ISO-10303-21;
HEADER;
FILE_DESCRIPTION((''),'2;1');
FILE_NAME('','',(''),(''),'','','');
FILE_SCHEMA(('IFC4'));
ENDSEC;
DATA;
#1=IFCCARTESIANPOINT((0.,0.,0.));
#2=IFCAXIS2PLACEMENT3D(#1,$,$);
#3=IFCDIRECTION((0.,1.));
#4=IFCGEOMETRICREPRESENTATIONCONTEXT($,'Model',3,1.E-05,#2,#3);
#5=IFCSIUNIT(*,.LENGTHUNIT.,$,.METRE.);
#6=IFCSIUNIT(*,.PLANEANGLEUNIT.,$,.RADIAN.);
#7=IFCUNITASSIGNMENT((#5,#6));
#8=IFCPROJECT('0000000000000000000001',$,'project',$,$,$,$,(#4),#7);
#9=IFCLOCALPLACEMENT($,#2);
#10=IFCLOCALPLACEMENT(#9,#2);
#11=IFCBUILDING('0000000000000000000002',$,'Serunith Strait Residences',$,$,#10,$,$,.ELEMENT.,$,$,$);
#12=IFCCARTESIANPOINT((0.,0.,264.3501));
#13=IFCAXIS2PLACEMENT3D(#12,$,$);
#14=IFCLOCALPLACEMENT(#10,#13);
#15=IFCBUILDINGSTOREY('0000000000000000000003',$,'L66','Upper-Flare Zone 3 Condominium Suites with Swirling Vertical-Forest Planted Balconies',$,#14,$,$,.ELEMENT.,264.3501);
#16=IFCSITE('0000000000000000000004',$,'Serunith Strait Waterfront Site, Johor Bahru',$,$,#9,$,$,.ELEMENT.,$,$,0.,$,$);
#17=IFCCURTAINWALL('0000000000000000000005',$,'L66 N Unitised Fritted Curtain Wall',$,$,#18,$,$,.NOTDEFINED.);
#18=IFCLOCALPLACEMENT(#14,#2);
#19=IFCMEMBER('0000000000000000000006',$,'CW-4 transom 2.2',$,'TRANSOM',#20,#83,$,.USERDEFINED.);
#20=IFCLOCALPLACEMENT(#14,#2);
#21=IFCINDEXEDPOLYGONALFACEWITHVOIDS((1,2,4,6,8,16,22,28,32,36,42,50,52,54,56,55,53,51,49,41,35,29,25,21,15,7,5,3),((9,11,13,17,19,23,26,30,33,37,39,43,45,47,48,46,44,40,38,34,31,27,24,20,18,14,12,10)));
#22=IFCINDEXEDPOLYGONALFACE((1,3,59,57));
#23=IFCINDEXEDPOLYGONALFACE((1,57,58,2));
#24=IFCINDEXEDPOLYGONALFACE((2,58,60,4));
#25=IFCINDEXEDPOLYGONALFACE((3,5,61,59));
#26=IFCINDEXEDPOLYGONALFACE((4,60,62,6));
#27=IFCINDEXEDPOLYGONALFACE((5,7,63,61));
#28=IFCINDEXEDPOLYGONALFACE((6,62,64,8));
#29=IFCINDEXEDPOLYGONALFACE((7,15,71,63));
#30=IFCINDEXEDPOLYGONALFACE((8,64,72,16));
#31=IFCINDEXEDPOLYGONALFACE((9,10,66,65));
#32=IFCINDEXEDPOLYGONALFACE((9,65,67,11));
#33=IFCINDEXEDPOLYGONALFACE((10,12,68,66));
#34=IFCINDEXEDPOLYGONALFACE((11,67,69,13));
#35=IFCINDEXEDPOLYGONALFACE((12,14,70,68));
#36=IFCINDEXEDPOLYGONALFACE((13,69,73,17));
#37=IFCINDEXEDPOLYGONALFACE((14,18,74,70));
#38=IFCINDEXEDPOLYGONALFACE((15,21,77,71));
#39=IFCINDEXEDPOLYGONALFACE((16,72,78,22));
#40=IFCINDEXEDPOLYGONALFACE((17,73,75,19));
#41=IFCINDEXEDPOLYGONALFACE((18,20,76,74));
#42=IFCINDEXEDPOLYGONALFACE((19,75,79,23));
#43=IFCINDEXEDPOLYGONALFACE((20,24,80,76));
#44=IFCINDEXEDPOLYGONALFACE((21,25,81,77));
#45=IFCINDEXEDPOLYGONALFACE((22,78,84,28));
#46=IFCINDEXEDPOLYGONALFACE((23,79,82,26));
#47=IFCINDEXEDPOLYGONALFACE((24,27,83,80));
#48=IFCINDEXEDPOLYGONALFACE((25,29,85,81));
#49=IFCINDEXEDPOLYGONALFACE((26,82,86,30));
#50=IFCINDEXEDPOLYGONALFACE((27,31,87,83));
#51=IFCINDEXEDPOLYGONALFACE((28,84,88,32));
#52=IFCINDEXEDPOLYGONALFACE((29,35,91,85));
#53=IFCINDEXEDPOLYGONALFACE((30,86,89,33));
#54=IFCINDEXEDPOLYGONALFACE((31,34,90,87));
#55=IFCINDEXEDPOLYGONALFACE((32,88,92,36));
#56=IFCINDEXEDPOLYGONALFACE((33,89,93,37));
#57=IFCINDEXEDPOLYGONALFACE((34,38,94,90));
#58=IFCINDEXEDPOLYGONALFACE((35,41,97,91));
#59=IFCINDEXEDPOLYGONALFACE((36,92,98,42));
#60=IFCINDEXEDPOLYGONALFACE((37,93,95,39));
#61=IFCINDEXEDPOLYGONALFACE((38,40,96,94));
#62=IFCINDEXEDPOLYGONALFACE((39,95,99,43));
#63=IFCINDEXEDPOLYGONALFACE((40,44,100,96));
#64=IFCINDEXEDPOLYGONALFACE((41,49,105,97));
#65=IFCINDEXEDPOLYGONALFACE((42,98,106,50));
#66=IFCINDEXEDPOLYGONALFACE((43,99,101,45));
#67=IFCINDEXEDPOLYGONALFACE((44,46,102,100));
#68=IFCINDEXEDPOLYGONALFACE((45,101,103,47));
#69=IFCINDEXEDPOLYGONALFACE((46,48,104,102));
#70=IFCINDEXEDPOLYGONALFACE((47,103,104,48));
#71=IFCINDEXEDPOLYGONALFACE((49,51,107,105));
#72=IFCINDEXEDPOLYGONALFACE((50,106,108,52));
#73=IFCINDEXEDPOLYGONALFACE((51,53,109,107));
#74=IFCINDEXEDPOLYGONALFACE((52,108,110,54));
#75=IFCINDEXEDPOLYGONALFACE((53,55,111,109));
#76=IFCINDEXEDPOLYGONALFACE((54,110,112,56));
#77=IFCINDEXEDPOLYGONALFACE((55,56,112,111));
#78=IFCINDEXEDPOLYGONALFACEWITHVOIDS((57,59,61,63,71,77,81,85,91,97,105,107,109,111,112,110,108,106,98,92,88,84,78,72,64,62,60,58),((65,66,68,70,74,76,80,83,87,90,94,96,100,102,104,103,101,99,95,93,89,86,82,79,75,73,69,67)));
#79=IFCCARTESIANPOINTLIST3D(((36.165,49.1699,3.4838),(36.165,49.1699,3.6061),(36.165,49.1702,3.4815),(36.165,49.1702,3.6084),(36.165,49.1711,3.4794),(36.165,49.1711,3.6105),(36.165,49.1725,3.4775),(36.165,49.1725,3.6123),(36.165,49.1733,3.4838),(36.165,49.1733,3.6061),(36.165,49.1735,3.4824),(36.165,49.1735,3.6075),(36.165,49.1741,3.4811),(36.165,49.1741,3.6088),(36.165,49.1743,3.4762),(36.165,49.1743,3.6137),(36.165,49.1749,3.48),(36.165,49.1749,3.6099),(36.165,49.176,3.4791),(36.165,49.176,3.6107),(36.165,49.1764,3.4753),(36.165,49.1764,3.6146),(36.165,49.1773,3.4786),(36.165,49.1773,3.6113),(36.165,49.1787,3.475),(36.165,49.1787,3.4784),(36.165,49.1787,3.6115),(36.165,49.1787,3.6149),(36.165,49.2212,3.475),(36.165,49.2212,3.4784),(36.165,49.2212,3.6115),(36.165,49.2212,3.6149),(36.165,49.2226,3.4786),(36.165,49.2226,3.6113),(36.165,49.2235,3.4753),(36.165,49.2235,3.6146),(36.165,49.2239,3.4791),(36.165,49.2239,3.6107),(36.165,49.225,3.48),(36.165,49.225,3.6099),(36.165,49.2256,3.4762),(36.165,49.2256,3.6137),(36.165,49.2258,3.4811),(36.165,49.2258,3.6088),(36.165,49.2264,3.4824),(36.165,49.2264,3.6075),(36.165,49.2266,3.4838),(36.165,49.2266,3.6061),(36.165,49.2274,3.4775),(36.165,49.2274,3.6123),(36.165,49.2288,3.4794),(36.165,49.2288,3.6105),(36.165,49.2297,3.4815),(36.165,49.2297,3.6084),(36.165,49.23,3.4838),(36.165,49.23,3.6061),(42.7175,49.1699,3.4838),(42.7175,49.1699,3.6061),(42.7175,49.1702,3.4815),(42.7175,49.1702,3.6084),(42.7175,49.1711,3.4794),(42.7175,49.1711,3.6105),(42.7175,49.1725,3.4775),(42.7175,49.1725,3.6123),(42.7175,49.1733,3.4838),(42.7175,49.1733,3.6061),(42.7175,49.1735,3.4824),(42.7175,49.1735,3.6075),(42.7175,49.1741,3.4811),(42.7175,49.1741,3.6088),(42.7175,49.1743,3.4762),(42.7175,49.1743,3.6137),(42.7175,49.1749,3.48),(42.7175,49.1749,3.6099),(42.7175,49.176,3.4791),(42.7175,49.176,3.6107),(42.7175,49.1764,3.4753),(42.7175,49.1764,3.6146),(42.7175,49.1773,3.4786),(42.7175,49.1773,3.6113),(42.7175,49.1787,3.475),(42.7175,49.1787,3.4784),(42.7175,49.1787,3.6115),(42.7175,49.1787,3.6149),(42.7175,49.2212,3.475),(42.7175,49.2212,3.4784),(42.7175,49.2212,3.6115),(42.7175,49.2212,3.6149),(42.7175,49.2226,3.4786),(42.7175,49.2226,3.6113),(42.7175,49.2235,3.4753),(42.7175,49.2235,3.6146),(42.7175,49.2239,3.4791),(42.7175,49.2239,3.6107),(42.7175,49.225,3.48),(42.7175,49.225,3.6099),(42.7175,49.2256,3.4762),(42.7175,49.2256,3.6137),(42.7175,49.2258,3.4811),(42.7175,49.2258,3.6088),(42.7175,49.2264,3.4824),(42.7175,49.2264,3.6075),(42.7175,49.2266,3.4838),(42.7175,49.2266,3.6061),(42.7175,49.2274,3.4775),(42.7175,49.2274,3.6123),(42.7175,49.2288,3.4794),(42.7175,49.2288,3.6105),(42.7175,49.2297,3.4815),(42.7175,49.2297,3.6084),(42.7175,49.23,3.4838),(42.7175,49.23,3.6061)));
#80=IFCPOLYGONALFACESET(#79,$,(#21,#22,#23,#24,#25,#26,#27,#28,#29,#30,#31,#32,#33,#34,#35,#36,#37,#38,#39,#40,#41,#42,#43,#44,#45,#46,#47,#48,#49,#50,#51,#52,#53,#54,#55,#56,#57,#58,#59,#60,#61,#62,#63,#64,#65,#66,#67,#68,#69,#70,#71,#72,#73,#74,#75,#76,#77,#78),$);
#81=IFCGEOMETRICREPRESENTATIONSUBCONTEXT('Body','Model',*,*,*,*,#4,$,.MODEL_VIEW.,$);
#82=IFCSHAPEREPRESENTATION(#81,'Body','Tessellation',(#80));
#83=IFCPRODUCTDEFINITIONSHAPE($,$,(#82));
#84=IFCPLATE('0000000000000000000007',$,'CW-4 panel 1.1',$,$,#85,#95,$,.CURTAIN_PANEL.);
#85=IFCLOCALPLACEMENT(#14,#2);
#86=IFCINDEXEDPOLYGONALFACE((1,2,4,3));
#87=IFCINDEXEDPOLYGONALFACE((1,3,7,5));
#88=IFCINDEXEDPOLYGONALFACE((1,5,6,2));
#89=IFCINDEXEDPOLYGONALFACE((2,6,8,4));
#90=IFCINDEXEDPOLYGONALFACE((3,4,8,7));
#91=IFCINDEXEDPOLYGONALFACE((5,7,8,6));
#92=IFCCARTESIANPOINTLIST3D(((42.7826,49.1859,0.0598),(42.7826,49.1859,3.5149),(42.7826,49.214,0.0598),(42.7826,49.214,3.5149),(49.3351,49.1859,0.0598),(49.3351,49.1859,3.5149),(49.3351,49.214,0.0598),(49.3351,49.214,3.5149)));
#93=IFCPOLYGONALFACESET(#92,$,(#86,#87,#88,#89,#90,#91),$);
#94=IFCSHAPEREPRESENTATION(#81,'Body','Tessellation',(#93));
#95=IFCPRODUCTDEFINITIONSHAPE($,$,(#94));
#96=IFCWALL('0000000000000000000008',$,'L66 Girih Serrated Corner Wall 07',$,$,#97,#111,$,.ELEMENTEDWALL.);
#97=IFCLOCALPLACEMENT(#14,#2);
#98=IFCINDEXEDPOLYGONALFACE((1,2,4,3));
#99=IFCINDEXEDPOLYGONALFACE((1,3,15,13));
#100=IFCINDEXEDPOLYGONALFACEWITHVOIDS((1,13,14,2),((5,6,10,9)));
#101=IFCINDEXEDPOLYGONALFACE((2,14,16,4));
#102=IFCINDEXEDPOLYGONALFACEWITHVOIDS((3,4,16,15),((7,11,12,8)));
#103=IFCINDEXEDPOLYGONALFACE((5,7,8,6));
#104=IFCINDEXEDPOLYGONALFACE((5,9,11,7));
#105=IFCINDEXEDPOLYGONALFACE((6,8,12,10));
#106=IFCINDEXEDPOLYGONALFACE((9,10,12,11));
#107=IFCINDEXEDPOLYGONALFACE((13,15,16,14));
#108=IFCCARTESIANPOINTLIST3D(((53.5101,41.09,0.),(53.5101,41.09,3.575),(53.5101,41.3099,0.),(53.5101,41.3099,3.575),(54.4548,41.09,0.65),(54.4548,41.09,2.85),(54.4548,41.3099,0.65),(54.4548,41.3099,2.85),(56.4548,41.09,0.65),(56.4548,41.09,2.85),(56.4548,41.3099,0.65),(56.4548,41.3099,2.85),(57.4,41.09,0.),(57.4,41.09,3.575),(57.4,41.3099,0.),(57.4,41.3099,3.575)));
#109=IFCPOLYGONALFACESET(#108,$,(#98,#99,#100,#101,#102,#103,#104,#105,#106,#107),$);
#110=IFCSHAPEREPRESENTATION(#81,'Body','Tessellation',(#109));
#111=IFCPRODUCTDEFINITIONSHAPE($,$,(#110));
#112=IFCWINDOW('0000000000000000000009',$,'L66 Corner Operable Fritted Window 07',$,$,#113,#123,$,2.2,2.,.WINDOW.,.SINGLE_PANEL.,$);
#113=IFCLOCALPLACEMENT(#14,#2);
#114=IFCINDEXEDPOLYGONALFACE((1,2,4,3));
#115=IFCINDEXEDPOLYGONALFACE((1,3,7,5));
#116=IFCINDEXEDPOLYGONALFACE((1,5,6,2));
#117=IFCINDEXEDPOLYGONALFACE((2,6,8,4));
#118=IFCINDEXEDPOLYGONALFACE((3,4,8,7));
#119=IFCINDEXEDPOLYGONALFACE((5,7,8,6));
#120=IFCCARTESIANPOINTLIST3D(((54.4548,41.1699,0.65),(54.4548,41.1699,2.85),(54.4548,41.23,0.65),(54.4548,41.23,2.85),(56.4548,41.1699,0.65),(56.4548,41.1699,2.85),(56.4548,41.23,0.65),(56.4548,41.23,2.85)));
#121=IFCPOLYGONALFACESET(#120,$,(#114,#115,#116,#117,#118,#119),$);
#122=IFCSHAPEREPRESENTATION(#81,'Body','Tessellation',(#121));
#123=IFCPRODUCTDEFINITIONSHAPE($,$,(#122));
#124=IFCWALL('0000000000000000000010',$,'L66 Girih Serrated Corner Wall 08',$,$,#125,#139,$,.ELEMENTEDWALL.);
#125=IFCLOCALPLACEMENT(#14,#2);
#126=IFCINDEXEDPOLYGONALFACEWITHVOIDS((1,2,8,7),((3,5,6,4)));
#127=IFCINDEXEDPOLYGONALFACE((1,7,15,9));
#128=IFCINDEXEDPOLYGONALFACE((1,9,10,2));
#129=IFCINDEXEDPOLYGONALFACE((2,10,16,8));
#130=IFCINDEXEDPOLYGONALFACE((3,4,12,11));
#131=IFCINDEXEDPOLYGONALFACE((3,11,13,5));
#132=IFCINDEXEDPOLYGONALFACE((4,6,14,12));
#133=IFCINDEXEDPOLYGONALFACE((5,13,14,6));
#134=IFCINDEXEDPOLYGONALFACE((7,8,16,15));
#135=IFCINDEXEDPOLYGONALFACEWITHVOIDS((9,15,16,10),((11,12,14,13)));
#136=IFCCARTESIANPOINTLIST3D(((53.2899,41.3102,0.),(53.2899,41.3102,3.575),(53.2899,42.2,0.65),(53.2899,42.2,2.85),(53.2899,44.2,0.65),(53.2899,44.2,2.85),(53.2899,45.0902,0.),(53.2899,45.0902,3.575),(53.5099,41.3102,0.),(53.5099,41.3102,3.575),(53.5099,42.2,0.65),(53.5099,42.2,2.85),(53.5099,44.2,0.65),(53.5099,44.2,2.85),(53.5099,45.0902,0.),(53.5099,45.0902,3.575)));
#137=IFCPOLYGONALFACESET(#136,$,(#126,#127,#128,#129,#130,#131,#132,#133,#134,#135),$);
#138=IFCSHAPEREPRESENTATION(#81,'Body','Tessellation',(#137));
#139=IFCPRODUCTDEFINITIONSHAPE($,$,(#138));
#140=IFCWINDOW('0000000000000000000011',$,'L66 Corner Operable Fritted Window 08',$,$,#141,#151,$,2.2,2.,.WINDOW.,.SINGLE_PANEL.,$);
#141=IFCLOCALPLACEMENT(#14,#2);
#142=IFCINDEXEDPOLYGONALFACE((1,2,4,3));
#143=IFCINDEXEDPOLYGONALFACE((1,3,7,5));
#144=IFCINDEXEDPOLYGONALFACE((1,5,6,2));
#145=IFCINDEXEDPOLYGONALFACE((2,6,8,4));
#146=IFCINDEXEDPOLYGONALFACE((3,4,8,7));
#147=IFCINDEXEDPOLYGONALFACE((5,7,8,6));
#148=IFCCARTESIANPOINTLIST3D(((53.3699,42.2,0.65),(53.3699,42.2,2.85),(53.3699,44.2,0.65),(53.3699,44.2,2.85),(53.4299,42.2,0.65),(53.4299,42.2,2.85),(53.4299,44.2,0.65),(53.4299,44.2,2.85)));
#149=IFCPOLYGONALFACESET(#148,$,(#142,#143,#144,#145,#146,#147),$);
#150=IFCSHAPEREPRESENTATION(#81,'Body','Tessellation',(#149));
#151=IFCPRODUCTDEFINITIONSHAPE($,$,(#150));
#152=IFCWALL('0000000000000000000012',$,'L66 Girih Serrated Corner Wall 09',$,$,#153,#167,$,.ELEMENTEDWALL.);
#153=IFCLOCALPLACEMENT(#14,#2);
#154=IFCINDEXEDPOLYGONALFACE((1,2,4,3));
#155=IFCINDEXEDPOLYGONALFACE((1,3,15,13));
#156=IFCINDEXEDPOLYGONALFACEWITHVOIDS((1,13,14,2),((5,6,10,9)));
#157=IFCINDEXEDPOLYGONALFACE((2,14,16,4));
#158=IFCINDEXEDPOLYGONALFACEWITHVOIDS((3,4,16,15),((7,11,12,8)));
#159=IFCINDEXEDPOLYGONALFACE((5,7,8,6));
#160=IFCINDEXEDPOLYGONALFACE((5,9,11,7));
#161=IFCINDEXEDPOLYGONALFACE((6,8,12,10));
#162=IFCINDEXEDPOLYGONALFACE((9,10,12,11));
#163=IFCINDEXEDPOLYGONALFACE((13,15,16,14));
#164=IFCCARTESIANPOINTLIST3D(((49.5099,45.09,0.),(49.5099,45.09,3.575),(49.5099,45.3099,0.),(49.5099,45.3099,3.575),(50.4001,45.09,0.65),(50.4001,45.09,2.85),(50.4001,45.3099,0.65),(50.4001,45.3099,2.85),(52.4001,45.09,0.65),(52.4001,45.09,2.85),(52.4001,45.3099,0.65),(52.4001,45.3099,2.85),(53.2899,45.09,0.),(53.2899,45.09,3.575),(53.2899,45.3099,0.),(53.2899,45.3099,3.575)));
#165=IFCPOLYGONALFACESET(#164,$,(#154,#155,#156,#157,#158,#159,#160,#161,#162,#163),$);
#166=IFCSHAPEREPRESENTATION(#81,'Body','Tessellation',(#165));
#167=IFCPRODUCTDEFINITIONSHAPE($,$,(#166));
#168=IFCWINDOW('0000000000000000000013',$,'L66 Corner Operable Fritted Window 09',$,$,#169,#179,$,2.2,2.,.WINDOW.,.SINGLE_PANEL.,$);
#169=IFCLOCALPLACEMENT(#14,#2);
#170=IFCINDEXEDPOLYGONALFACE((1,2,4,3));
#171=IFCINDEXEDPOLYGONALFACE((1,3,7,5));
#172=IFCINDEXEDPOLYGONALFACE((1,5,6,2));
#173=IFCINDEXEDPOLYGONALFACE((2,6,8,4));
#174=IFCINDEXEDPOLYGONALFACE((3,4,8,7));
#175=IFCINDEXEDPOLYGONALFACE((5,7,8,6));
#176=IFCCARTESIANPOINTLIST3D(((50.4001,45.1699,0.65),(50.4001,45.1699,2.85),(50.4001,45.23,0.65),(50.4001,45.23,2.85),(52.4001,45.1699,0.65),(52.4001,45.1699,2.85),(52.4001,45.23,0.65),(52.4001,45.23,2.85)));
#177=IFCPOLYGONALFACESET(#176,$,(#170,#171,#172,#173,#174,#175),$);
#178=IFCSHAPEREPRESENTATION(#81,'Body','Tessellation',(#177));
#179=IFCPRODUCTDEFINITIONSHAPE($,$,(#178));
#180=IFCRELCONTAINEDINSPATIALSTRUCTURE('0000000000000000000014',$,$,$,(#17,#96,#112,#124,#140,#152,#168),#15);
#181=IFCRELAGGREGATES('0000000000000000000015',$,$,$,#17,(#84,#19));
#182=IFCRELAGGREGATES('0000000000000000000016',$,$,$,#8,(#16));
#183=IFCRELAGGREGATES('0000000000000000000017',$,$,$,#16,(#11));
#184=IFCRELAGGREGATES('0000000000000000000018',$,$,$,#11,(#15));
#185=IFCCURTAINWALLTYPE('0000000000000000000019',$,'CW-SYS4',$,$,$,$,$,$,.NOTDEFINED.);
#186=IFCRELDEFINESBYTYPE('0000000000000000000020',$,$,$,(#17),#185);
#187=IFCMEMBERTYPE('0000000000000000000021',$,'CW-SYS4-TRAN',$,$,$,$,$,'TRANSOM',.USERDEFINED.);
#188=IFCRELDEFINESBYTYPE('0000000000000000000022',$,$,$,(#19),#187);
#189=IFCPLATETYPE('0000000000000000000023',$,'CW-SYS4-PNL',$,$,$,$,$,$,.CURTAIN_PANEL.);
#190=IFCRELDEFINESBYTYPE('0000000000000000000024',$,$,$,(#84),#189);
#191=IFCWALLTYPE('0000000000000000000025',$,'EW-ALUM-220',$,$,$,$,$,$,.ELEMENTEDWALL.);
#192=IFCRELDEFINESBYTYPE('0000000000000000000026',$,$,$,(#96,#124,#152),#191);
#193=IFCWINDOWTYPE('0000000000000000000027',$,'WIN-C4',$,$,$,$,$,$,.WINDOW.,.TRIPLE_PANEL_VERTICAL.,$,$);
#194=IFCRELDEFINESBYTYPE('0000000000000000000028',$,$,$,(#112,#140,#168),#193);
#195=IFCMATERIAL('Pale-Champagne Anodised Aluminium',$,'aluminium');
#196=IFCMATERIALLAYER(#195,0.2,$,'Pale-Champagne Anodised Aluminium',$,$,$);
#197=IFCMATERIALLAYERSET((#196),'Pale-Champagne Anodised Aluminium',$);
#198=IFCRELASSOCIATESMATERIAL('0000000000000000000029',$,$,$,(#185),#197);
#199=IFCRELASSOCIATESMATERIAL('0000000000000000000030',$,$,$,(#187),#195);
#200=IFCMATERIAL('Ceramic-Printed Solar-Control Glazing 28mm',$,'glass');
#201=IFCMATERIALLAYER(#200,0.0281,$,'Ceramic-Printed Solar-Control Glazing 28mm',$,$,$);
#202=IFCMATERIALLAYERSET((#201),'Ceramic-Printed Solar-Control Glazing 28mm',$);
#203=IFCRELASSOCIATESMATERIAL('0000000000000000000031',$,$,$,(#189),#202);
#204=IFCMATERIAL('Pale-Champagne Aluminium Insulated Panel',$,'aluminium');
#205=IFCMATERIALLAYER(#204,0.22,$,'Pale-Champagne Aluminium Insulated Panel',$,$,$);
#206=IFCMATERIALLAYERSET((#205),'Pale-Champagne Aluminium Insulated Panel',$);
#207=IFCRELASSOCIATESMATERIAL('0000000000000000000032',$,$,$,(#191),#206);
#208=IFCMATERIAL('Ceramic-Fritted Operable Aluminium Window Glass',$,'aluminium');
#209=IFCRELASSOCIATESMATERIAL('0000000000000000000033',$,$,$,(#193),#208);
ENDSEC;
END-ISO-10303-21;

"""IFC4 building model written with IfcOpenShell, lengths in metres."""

from ifc_helpers import new_model, si_unit, direction, frame, frame_2d, origin, origin_2d, place, context, subcontext, project, spatial, rectangle, hollow_rectangle, extrude, source, transform, mapped, material, layer, layer_set, material_profile, profile_set, type_object, element, fill, aggregate, save


model = new_model("IFC4")

# Units and contexts
model_context = context("Model", 3, precision=1e-05, world=origin(), true_north=direction((0.0, 1.0)))
body_context = subcontext(model_context, "Body", "Model", "MODEL_VIEW")
ifc_project = project(units=[si_unit("LENGTHUNIT", "METRE"), si_unit("PLANEANGLEUNIT", "RADIAN")], contexts=[model_context])

# Site, building, storey
site_placement = place(None, origin())
site = spatial("IfcSite", under=ifc_project, at=site_placement, Name="Serunith Strait Waterfront Site, Johor Bahru", CompositionType="ELEMENT", RefElevation=0.0)
building_placement = place(site_placement, origin())
building = spatial("IfcBuilding", under=site, at=building_placement, Name="Serunith Strait Residences", CompositionType="ELEMENT")
storey_placement = place(building_placement, frame((0.0, 0.0, 264.3501)))
storey = spatial("IfcBuildingStorey", under=building, at=storey_placement, Name="L66", Description="Upper-Flare Zone 3 Condominium Suites with Swirling Vertical-Forest Planted Balconies", CompositionType="ELEMENT", Elevation=264.3501)

# Shared definitions
ifc_material_1 = material(Name="Pale-Champagne Anodised Aluminium", Category="aluminium")
ifc_layer_1 = layer(ifc_material_1, 0.2, Name="Pale-Champagne Anodised Aluminium")
ifc_layer_set_1 = layer_set([ifc_layer_1], Name="Pale-Champagne Anodised Aluminium")
curtain_wall_type = type_object("IfcCurtainWallType", Name="CW-SYS4", PredefinedType="NOTDEFINED", material=ifc_layer_set_1)

# Curtain wall, member, plate
curtain_wall_1_placement = place(storey_placement, origin())
curtain_wall_1 = element("IfcCurtainWall", 1, at=curtain_wall_1_placement, inside=storey, type_object=curtain_wall_type, Name="L66 N Unitised Fritted Curtain Wall", PredefinedType="NOTDEFINED")
ifc_material_profile_1 = material_profile(ifc_material_1, hollow_rectangle(XDim=0.0601, YDim=0.1399, WallThickness=0.0034, InnerFilletRadius=0.0054, OuterFilletRadius=0.0088, at=origin_2d()), Name="ALU 140x60x3.5")
ifc_profile_set_1 = profile_set([ifc_material_profile_1], Name="Pale-Champagne Anodised Aluminium")
member_type_1 = type_object("IfcMemberType", Name="CW-SYS4-TRAN", ElementType="TRANSOM", PredefinedType="USERDEFINED", material=ifc_profile_set_1)
shared_shape_1 = source(origin(), body_context, "Body", "SweptSolid", [
    extrude(hollow_rectangle(XDim=0.0601, YDim=0.1399, WallThickness=0.0034, InnerFilletRadius=0.0054, OuterFilletRadius=0.0088, at=origin_2d()), origin(), (0.0, 0.0, 1.0), 6.5525),
])
member_1_placement = place(storey_placement, frame((42.7175, 49.2, 3.5449), z_axis=(-1.0, 0.0, 0.0), x_axis=(0.0, -1.0, 0.0)))
member_1 = element("IfcMember", 2, at=member_1_placement, type_object=member_type_1, Name="CW-4 transom 2.2", ObjectType="TRANSOM", PredefinedType="USERDEFINED", context=body_context, shape_type="MappedRepresentation", body=[
    mapped(shared_shape_1, transform((0.0, 0.0, 0.0), scale=1.0)),
])
ifc_material_2 = material(Name="Ceramic-Printed Solar-Control Glazing 28mm", Category="glass")
ifc_layer_2 = layer(ifc_material_2, 0.0281, Name="Ceramic-Printed Solar-Control Glazing 28mm")
ifc_layer_set_2 = layer_set([ifc_layer_2], Name="Ceramic-Printed Solar-Control Glazing 28mm")
plate_type = type_object("IfcPlateType", Name="CW-SYS4-PNL", PredefinedType="CURTAIN_PANEL", material=ifc_layer_set_2)
shared_shape_2 = source(origin(), body_context, "Body", "SweptSolid", [
    extrude(rectangle(XDim=6.5525, YDim=0.0281, at=origin_2d()), origin(), (0.0, 0.0, 1.0), 3.4551),
])
plate_placement = place(storey_placement, frame((46.0588, 49.2, 0.0598), z_axis=(0.0, 0.0, 1.0), x_axis=(-1.0, 0.0, 0.0)))
plate = element("IfcPlate", 3, at=plate_placement, type_object=plate_type, Name="CW-4 panel 1.1", PredefinedType="CURTAIN_PANEL", context=body_context, shape_type="MappedRepresentation", body=[
    mapped(shared_shape_2, transform((0.0, 0.0, 0.0), scale=1.0)),
])
aggregate(curtain_wall_1, [plate, member_1])

# Walls, openings, windows
ifc_material_3 = material(Name="Pale-Champagne Aluminium Insulated Panel", Category="aluminium")
ifc_layer_3 = layer(ifc_material_3, 0.22, Name="Pale-Champagne Aluminium Insulated Panel")
ifc_layer_set_3 = layer_set([ifc_layer_3], Name="Pale-Champagne Aluminium Insulated Panel")
wall_type = type_object("IfcWallType", Name="EW-ALUM-220", PredefinedType="ELEMENTEDWALL", material=ifc_layer_set_3)
wall_1_placement = place(storey_placement, frame((57.3999, 41.2, 0.0), z_axis=(0.0, 0.0, 1.0), x_axis=(-1.0, 0.0, 0.0)))
wall_1 = element("IfcWall", 4, at=wall_1_placement, inside=storey, type_object=wall_type, Name="L66 Girih Serrated Corner Wall 07", PredefinedType="ELEMENTEDWALL", context=body_context, shape_type="SweptSolid", body=[
    extrude(rectangle(XDim=3.8899, YDim=0.22, at=frame_2d((1.9448, 0.0))), origin(), (0.0, 0.0, 1.0), 3.575),
])
opening_1_placement = place(wall_1_placement, frame((0.9451, 0.0, 0.6499)))
opening_1 = element("IfcOpeningElement", 5, at=opening_1_placement, cuts=wall_1, PredefinedType="OPENING", context=body_context, shape_type="SweptSolid", body=[
    extrude(rectangle(XDim=2.0, YDim=2.2, at=frame_2d((1.0, 1.1001))), frame((0.0, 0.1201, 0.0), z_axis=(0.0, -1.0, 0.0), x_axis=(1.0, 0.0, 0.0)), (0.0, 0.0, 1.0), 0.24),
])
ifc_material_4 = material(Name="Ceramic-Fritted Operable Aluminium Window Glass", Category="aluminium")
window_type = type_object("IfcWindowType", Name="WIN-C4", PartitioningType="TRIPLE_PANEL_VERTICAL", PredefinedType="WINDOW", material=ifc_material_4)
shared_shape_3 = source(origin(), body_context, "Body", "SweptSolid", [
    extrude(rectangle(XDim=2.0, YDim=2.2, at=frame_2d((1.0, 1.1001))), frame((0.0, 0.03, 0.0), z_axis=(0.0, -1.0, 0.0), x_axis=(1.0, 0.0, 0.0)), (0.0, 0.0, 1.0), 0.0601),
])
window_1_placement = place(opening_1_placement, origin())
window_1 = element("IfcWindow", 6, at=window_1_placement, inside=storey, type_object=window_type, Name="L66 Corner Operable Fritted Window 07", OverallHeight=2.2, OverallWidth=2.0, PartitioningType="SINGLE_PANEL", PredefinedType="WINDOW", context=body_context, shape_type="MappedRepresentation", body=[
    mapped(shared_shape_3, transform((0.0, 0.0, 0.0), scale=1.0)),
])
fill(opening_1, window_1)
wall_2_placement = place(storey_placement, frame((53.3999, 41.3101, 0.0), z_axis=(0.0, 0.0, 1.0), x_axis=(0.0, 1.0, 0.0)))
wall_2 = element("IfcWall", 7, at=wall_2_placement, inside=storey, type_object=wall_type, Name="L66 Girih Serrated Corner Wall 08", PredefinedType="ELEMENTEDWALL", context=body_context, shape_type="SweptSolid", body=[
    extrude(rectangle(XDim=3.78, YDim=0.22, at=frame_2d((1.8901, 0.0))), origin(), (0.0, 0.0, 1.0), 3.575),
])
opening_2_placement = place(wall_2_placement, frame((0.8899, 0.0, 0.6499)))
opening_2 = element("IfcOpeningElement", 8, at=opening_2_placement, cuts=wall_2, PredefinedType="OPENING", context=body_context, shape_type="SweptSolid", body=[
    extrude(rectangle(XDim=2.0, YDim=2.2, at=frame_2d((1.0, 1.1001))), frame((0.0, 0.1201, 0.0), z_axis=(0.0, -1.0, 0.0), x_axis=(1.0, 0.0, 0.0)), (0.0, 0.0, 1.0), 0.24),
])
window_2_placement = place(opening_2_placement, origin())
window_2 = element("IfcWindow", 9, at=window_2_placement, inside=storey, type_object=window_type, Name="L66 Corner Operable Fritted Window 08", OverallHeight=2.2, OverallWidth=2.0, PartitioningType="SINGLE_PANEL", PredefinedType="WINDOW", context=body_context, shape_type="MappedRepresentation", body=[
    mapped(shared_shape_3, transform((0.0, 0.0, 0.0), scale=1.0)),
])
fill(opening_2, window_2)
wall_3_placement = place(storey_placement, frame((53.29, 45.2, 0.0), z_axis=(0.0, 0.0, 1.0), x_axis=(-1.0, 0.0, 0.0)))
wall_3 = element("IfcWall", 10, at=wall_3_placement, inside=storey, type_object=wall_type, Name="L66 Girih Serrated Corner Wall 09", PredefinedType="ELEMENTEDWALL", context=body_context, shape_type="SweptSolid", body=[
    extrude(rectangle(XDim=3.78, YDim=0.22, at=frame_2d((1.8901, 0.0))), origin(), (0.0, 0.0, 1.0), 3.575),
])
opening_3_placement = place(wall_3_placement, frame((0.8899, 0.0, 0.6499)))
opening_3 = element("IfcOpeningElement", 11, at=opening_3_placement, cuts=wall_3, PredefinedType="OPENING", context=body_context, shape_type="SweptSolid", body=[
    extrude(rectangle(XDim=2.0, YDim=2.2, at=frame_2d((1.0, 1.1001))), frame((0.0, 0.1201, 0.0), z_axis=(0.0, -1.0, 0.0), x_axis=(1.0, 0.0, 0.0)), (0.0, 0.0, 1.0), 0.24),
])
window_3_placement = place(opening_3_placement, origin())
window_3 = element("IfcWindow", 12, at=window_3_placement, inside=storey, type_object=window_type, Name="L66 Corner Operable Fritted Window 09", OverallHeight=2.2, OverallWidth=2.0, PartitioningType="SINGLE_PANEL", PredefinedType="WINDOW", context=body_context, shape_type="MappedRepresentation", body=[
    mapped(shared_shape_3, transform((0.0, 0.0, 0.0), scale=1.0)),
])
fill(opening_3, window_3)

save(model, "model.ifc")
